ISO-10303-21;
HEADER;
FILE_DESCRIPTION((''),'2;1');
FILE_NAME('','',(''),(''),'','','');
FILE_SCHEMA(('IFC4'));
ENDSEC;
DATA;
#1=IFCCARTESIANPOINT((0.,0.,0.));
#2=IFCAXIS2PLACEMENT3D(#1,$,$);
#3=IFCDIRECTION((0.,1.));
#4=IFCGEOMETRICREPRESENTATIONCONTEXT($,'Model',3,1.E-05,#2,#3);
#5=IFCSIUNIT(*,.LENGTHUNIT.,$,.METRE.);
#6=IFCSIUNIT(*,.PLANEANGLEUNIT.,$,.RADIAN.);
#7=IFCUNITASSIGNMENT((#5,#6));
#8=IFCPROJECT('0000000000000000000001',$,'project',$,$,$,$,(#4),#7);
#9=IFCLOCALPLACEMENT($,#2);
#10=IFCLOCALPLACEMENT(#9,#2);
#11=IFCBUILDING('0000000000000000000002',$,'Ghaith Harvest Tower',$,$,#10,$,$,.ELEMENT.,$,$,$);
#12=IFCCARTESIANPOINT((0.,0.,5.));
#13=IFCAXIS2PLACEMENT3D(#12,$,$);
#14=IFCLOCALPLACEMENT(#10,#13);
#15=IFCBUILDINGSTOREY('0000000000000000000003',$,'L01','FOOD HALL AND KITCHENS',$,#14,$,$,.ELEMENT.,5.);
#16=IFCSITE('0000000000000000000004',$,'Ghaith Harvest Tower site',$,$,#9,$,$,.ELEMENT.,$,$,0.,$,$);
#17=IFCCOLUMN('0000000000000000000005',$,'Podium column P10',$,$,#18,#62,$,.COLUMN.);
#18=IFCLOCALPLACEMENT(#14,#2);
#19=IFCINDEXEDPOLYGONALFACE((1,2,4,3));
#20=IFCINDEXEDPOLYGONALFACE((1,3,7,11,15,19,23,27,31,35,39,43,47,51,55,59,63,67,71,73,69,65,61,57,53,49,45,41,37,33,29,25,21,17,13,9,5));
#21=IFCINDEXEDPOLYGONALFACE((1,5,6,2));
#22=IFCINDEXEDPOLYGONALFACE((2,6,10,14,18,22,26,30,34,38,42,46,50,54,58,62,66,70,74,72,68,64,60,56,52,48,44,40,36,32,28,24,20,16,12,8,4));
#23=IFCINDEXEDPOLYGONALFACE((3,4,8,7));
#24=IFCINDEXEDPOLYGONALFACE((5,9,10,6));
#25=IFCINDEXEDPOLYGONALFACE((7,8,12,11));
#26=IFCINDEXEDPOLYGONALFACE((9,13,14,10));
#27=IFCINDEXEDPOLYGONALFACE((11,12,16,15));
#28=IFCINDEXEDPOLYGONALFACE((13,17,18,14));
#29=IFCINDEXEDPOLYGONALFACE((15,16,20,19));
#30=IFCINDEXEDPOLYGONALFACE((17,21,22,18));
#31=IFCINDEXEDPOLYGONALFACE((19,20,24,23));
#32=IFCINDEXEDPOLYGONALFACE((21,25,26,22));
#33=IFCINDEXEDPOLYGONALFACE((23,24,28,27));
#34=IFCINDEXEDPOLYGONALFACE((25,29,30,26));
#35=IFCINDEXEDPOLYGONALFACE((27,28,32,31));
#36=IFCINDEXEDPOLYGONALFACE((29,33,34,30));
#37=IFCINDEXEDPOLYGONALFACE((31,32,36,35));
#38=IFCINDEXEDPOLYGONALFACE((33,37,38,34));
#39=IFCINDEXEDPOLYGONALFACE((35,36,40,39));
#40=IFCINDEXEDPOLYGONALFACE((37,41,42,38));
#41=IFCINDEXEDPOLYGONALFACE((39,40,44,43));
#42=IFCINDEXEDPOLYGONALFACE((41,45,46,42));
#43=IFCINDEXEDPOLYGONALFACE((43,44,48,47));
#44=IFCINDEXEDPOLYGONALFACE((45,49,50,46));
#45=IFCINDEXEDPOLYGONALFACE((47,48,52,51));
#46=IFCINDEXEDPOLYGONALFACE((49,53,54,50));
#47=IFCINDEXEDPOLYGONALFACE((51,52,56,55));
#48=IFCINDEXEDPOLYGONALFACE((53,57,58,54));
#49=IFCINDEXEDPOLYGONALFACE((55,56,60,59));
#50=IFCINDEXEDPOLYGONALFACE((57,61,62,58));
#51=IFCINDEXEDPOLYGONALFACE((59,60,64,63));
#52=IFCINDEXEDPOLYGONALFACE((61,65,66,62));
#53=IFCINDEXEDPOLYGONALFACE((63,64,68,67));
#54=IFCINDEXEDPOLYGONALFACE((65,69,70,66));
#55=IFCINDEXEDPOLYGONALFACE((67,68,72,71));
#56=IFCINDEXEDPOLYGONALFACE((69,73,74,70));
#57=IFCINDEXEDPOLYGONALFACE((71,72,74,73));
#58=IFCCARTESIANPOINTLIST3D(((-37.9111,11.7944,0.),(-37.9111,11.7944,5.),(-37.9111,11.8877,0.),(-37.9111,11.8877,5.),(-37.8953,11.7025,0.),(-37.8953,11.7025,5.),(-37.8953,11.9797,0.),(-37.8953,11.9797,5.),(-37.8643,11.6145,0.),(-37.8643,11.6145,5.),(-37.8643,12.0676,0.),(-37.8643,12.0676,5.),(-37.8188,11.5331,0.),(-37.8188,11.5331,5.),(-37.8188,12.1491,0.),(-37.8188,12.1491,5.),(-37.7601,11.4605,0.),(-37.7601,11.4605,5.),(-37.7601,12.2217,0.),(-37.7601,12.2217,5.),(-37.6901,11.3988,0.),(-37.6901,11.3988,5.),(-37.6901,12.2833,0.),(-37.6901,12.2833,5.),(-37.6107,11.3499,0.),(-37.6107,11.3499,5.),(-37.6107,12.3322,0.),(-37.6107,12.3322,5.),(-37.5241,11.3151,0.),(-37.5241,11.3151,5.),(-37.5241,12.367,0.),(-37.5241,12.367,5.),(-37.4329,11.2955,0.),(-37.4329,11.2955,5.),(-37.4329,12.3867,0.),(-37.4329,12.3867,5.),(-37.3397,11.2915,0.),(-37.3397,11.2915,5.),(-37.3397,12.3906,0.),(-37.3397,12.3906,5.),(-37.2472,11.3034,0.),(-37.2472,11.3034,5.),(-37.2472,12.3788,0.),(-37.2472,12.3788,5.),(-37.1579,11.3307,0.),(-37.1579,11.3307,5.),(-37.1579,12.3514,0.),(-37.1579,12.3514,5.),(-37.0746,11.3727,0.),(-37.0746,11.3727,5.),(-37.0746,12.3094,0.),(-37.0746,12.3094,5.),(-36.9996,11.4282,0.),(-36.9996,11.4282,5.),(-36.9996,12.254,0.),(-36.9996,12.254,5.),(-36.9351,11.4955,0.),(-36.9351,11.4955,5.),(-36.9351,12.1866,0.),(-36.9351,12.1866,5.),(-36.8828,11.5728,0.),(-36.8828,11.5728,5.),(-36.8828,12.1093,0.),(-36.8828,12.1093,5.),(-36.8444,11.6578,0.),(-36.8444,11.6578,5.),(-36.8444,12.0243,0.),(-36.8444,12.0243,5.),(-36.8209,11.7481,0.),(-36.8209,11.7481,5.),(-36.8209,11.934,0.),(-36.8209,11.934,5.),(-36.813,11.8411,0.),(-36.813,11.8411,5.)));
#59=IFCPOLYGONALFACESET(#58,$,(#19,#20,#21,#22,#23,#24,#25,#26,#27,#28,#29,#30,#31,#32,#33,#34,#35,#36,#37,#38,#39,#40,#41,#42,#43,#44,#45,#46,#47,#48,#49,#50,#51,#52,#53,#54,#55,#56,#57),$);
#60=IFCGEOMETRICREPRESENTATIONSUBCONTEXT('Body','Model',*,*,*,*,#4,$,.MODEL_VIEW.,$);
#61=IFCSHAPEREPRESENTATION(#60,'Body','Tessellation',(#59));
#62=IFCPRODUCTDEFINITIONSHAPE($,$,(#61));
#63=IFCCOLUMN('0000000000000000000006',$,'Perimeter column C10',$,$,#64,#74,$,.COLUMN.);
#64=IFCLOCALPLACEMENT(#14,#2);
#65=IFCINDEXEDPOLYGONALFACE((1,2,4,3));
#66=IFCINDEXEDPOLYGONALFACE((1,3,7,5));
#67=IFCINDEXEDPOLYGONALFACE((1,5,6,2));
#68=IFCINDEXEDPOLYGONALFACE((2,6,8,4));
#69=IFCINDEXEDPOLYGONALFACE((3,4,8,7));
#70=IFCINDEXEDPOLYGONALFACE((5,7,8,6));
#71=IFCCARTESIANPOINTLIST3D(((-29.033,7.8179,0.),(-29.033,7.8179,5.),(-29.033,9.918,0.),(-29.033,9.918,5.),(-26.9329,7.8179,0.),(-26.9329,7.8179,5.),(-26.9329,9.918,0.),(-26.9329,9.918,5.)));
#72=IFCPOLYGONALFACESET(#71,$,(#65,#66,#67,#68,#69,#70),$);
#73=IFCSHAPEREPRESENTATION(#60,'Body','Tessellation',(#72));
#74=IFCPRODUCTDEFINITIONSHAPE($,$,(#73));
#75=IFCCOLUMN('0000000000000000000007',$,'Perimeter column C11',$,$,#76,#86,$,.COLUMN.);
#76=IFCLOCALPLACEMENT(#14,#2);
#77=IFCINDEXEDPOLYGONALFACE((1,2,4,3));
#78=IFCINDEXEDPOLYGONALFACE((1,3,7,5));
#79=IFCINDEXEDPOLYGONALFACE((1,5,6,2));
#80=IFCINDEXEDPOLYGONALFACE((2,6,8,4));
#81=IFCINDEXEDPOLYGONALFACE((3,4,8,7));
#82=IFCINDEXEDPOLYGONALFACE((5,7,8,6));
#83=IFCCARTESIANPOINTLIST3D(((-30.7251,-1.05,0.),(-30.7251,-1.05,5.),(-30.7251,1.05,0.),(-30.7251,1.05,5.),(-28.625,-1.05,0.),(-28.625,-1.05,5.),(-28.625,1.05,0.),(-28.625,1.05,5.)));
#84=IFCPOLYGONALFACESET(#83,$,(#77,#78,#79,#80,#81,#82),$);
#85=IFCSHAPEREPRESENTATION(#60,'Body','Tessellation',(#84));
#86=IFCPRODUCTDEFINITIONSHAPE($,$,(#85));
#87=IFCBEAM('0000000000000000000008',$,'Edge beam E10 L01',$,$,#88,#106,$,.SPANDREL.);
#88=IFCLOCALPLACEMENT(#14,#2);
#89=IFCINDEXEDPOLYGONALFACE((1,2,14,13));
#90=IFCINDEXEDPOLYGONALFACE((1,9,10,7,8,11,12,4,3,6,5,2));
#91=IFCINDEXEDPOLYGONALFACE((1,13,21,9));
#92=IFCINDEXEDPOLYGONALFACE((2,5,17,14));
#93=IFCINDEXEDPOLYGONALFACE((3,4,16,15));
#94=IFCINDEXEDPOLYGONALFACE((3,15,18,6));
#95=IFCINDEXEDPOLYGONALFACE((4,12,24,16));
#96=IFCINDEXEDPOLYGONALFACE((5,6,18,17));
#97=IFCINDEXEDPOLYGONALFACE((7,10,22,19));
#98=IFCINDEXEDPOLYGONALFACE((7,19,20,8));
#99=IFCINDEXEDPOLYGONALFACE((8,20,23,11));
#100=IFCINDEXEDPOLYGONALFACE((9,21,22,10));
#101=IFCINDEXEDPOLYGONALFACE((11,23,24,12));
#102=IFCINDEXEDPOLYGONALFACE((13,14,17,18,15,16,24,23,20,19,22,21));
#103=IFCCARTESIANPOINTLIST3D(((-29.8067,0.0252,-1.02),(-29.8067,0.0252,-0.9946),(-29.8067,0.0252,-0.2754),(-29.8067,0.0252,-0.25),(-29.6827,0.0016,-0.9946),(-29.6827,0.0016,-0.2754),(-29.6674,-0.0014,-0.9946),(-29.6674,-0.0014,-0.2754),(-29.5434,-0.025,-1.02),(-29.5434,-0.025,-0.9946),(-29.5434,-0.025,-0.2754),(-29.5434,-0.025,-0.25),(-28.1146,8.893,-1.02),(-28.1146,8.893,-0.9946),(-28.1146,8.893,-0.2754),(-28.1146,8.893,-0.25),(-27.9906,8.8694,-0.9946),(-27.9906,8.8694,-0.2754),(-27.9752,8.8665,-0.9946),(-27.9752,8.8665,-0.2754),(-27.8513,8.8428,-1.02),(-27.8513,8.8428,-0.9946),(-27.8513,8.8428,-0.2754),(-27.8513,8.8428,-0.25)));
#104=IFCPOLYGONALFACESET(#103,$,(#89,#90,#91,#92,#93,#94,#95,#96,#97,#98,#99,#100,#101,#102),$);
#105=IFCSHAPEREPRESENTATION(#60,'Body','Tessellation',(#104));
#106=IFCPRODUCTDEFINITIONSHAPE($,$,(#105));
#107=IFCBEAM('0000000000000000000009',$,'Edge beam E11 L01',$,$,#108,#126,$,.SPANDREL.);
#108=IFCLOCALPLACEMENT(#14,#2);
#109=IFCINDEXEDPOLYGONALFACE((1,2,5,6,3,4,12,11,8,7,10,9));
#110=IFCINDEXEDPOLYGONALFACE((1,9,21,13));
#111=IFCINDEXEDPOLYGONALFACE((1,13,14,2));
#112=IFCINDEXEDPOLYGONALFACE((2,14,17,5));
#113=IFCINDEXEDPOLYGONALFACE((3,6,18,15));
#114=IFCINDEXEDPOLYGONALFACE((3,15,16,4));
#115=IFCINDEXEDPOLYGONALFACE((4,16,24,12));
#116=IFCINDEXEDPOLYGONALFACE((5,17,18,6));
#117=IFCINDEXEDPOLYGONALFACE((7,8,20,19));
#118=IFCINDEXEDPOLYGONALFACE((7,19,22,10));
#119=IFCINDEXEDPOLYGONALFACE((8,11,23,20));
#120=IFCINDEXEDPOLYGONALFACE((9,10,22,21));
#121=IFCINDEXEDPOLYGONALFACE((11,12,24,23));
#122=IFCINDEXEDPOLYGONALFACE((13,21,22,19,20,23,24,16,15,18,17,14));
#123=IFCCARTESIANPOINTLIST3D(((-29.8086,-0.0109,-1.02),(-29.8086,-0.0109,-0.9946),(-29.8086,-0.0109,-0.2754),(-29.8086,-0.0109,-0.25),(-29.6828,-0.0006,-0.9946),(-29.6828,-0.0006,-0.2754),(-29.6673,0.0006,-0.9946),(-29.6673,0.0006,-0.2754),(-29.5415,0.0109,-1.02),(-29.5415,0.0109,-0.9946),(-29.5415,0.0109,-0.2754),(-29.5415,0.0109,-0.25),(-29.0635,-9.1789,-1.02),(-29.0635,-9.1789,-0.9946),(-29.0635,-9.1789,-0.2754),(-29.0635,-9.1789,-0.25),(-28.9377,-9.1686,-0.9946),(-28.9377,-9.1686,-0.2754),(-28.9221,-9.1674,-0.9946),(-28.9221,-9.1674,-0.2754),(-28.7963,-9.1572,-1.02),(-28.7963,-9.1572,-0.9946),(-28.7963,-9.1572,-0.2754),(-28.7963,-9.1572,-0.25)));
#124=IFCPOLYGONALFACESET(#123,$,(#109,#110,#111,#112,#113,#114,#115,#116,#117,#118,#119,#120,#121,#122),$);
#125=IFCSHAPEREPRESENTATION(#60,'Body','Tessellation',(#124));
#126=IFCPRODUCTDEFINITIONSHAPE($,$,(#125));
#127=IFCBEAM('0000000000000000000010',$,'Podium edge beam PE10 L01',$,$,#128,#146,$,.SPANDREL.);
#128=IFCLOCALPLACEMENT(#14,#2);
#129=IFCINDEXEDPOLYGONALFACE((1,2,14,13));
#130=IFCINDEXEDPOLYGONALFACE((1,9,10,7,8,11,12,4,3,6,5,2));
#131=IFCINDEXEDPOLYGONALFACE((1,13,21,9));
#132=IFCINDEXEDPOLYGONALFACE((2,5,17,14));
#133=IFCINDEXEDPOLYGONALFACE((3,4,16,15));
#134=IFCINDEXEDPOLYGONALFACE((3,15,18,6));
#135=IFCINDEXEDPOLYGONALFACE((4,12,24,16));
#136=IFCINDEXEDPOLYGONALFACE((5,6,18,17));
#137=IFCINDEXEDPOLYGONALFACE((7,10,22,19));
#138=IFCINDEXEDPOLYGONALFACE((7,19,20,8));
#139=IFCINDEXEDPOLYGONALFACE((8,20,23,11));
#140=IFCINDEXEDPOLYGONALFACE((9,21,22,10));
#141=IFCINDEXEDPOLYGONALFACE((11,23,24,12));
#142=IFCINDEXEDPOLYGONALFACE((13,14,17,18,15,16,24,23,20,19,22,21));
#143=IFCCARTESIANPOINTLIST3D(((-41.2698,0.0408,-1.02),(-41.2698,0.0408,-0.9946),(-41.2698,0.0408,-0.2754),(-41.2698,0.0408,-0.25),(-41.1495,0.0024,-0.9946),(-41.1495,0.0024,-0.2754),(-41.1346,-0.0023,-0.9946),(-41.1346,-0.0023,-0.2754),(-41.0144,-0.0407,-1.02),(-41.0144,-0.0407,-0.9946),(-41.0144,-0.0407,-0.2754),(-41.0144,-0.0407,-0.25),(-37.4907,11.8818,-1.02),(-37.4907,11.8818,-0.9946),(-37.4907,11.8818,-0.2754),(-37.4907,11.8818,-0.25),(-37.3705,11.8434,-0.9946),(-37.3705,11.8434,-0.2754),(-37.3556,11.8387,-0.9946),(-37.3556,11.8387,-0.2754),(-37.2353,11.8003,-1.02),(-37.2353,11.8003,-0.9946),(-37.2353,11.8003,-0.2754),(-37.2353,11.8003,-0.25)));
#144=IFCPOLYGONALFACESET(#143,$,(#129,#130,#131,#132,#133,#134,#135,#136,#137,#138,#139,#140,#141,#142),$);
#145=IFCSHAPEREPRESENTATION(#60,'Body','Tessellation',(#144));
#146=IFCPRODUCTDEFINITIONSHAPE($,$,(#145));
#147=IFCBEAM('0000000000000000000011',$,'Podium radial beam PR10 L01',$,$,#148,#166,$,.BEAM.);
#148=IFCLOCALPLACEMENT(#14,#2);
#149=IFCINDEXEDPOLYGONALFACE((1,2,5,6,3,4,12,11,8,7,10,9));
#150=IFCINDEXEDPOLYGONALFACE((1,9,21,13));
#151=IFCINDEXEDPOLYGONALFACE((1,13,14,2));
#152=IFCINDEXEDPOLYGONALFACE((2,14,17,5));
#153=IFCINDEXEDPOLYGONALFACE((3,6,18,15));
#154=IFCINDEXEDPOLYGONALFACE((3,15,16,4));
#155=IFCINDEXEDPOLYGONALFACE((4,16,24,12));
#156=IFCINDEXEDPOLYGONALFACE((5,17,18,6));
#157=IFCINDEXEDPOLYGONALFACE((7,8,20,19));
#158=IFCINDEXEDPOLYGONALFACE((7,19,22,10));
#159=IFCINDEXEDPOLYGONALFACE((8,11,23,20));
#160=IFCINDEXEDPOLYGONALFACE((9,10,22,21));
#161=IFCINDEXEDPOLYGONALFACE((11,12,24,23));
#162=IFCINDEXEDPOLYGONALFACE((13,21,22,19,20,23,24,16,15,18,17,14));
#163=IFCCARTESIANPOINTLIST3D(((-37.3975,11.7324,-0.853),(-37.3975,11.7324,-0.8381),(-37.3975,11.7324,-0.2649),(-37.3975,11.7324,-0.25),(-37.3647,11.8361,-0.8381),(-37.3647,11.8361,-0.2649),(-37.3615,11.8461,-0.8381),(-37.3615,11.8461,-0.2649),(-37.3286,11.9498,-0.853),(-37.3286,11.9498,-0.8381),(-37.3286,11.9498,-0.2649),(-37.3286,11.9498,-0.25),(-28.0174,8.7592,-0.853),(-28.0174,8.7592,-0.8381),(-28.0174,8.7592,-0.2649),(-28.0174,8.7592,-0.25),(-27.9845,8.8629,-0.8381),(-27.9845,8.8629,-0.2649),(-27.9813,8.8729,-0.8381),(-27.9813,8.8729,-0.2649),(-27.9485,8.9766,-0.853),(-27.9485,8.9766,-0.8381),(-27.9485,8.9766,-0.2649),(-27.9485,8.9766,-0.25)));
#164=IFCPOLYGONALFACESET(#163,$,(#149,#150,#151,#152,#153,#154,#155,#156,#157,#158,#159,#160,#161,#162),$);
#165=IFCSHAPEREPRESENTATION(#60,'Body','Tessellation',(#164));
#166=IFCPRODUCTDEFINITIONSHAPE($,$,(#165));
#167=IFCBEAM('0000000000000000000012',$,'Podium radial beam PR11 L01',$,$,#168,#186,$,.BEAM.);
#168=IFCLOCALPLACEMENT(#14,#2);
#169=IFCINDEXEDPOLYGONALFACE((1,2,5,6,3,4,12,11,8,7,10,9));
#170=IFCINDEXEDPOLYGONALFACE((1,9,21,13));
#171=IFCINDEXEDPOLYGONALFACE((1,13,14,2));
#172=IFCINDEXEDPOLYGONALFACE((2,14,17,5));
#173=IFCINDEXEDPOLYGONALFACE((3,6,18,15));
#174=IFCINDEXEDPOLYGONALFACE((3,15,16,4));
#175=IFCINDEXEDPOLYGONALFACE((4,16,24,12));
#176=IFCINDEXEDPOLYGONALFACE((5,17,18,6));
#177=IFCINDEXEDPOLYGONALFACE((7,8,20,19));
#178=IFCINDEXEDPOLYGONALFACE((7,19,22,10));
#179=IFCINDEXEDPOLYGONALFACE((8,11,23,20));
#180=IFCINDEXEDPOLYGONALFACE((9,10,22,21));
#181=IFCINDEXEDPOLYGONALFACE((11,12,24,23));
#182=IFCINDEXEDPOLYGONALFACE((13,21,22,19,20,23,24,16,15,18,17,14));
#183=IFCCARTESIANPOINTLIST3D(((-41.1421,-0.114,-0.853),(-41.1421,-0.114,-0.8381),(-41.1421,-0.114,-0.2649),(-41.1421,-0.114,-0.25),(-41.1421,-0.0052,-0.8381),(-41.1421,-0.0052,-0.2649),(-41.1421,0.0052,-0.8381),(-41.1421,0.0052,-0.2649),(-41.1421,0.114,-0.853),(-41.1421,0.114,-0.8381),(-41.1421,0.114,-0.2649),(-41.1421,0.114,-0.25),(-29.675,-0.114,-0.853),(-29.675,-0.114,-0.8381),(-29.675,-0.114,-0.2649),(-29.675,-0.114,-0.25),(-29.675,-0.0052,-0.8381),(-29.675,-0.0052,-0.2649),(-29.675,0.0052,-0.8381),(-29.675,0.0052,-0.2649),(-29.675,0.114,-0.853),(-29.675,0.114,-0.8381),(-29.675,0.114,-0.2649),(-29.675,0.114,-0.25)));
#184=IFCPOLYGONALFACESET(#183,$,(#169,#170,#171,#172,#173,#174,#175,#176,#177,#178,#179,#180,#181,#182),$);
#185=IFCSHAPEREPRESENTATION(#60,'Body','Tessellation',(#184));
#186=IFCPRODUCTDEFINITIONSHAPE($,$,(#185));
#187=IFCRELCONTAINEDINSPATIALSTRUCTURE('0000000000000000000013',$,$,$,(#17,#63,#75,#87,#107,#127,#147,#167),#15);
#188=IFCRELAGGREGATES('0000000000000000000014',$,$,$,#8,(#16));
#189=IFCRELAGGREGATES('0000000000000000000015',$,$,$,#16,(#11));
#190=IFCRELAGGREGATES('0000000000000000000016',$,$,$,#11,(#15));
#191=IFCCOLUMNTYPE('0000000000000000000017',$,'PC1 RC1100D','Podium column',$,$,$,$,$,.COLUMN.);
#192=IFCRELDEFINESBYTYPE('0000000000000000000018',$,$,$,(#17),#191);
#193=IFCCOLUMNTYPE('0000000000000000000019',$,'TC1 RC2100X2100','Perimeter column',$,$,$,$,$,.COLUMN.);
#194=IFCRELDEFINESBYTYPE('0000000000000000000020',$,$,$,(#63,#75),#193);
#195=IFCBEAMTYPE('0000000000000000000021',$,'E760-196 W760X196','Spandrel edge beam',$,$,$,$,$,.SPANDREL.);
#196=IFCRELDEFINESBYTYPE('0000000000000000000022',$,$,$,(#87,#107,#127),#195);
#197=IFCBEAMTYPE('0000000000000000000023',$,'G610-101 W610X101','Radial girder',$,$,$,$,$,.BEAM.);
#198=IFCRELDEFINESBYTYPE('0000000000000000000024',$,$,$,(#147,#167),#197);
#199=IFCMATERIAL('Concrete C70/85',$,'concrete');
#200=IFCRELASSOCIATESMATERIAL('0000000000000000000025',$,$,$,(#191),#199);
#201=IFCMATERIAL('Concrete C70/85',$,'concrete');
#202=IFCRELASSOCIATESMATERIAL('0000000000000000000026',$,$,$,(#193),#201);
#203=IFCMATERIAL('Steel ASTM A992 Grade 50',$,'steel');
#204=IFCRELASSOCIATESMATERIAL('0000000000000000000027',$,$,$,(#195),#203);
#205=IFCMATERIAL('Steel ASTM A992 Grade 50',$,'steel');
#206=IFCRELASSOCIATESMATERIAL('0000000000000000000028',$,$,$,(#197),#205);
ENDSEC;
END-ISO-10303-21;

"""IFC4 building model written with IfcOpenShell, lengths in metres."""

from ifc_helpers import new_model, si_unit, direction, frame, origin, origin_2d, place, context, subcontext, project, spatial, rectangle, circle, i_section, extrude, material, material_profile, profile_set, type_object, element, save


model = new_model("IFC4")

# Units and contexts
model_context = context("Model", 3, precision=1e-05, world=origin(), true_north=direction((0.0, 1.0)))
body_context = subcontext(model_context, "Body", "Model", "MODEL_VIEW")
ifc_project = project(units=[si_unit("LENGTHUNIT", "METRE"), si_unit("PLANEANGLEUNIT", "RADIAN")], contexts=[model_context])

# Site, building, storey
site_placement = place(None, origin())
site = spatial("IfcSite", under=ifc_project, at=site_placement, Name="Ghaith Harvest Tower site", CompositionType="ELEMENT", RefElevation=0.0)
building_placement = place(site_placement, origin())
building = spatial("IfcBuilding", under=site, at=building_placement, Name="Ghaith Harvest Tower", CompositionType="ELEMENT")
storey_placement = place(building_placement, frame((0.0, 0.0, 5.0)))
storey = spatial("IfcBuildingStorey", under=building, at=storey_placement, Name="L01", Description="FOOD HALL AND KITCHENS", CompositionType="ELEMENT", Elevation=5.0)

# Columns
ifc_material_1 = material(Name="Concrete C70/85", Category="concrete")
ifc_material_profile_1 = material_profile(ifc_material_1, circle(Radius=0.55, at=origin_2d()), Name="RC1100D")
ifc_profile_set_1 = profile_set([ifc_material_profile_1], Name="Concrete C70/85")
column_type_1 = type_object("IfcColumnType", Name="PC1 RC1100D", Description="Podium column", PredefinedType="COLUMN", material=ifc_profile_set_1)
column_placement = place(storey_placement, frame((-37.363, 11.8411, 0.0), z_axis=(0.0, 0.0, 1.0), x_axis=(1.0, 0.0, 0.0)))
element("IfcColumn", 1, at=column_placement, inside=storey, type_object=column_type_1, Name="Podium column P10", PredefinedType="COLUMN", context=body_context, shape_type="SweptSolid", body=[
    extrude(circle(Radius=0.55, at=origin_2d()), origin(), (0.0, 0.0, 1.0), 5.0),
])
ifc_material_2 = material(Name="Concrete C70/85", Category="concrete")
ifc_material_profile_2 = material_profile(ifc_material_2, rectangle(XDim=2.1001, YDim=2.1001, at=origin_2d()), Name="RC2100X2100")
ifc_profile_set_2 = profile_set([ifc_material_profile_2], Name="Concrete C70/85")
column_type_2 = type_object("IfcColumnType", Name="TC1 RC2100X2100", Description="Perimeter column", PredefinedType="COLUMN", material=ifc_profile_set_2)
for number, where, z_axis, x_axis, name in (
    (2, (-27.9829, 8.8679, 0.0), (0.0, 0.0, 1.0), (1.0, 0.0, 0.0), "Perimeter column C10"),
    (3, (-29.675, 0.0, 0.0), (0.0, 0.0, 1.0), (1.0, 0.0, 0.0), "Perimeter column C11"),
):
    element("IfcColumn", number, at=place(storey_placement, frame(where, z_axis=z_axis, x_axis=x_axis)), inside=storey, type_object=column_type_2, Name=name, PredefinedType="COLUMN", context=body_context, shape_type="SweptSolid", body=[
        extrude(rectangle(XDim=2.1001, YDim=2.1001, at=origin_2d()), origin(), (0.0, 0.0, 1.0), 5.0),
    ])

# Beams
ifc_material_3 = material(Name="Steel ASTM A992 Grade 50", Category="steel")
ifc_material_profile_3 = material_profile(ifc_material_3, i_section(OverallWidth=0.2681, OverallDepth=0.77, WebThickness=0.0156, FlangeThickness=0.0254, at=origin_2d()), Name="W760X196")
ifc_profile_set_3 = profile_set([ifc_material_profile_3], Name="Steel ASTM A992 Grade 50")
beam_type_1 = type_object("IfcBeamType", Name="E760-196 W760X196", Description="Spandrel edge beam", PredefinedType="SPANDREL", material=ifc_profile_set_3)
beam_1_placement = place(storey_placement, frame((-27.9829, 8.8679, -0.635), z_axis=(-0.187434, -0.982277, 0.0), x_axis=(0.982277, -0.187434, 0.0)))
element("IfcBeam", 4, at=beam_1_placement, inside=storey, type_object=beam_type_1, Name="Edge beam E10 L01", PredefinedType="SPANDREL", context=body_context, shape_type="SweptSolid", body=[
    extrude(i_section(OverallWidth=0.2681, OverallDepth=0.77, WebThickness=0.0156, FlangeThickness=0.0254, at=origin_2d()), origin(), (0.0, 0.0, 1.0), 9.0278),
])
beam_2_placement = place(storey_placement, frame((-29.675, 0.0, -0.635), z_axis=(0.081007, -0.996714, 0.0), x_axis=(0.996714, 0.081007, 0.0)))
element("IfcBeam", 5, at=beam_2_placement, inside=storey, type_object=beam_type_1, Name="Edge beam E11 L01", PredefinedType="SPANDREL", context=body_context, shape_type="SweptSolid", body=[
    extrude(i_section(OverallWidth=0.2681, OverallDepth=0.77, WebThickness=0.0156, FlangeThickness=0.0254, at=origin_2d()), origin(), (0.0, 0.0, 1.0), 9.1982),
])
beam_3_placement = place(storey_placement, frame((-37.363, 11.8411, -0.635), z_axis=(-0.304039, -0.952659, 0.0), x_axis=(0.952659, -0.304039, 0.0)))
element("IfcBeam", 6, at=beam_3_placement, inside=storey, type_object=beam_type_1, Name="Podium edge beam PE10 L01", PredefinedType="SPANDREL", context=body_context, shape_type="SweptSolid", body=[
    extrude(i_section(OverallWidth=0.2681, OverallDepth=0.77, WebThickness=0.0156, FlangeThickness=0.0254, at=origin_2d()), origin(), (0.0, 0.0, 1.0), 12.4294),
])
ifc_material_4 = material(Name="Steel ASTM A992 Grade 50", Category="steel")
ifc_material_profile_4 = material_profile(ifc_material_4, i_section(OverallWidth=0.228, OverallDepth=0.603, WebThickness=0.0105, FlangeThickness=0.0149, at=origin_2d()), Name="W610X101")
ifc_profile_set_4 = profile_set([ifc_material_profile_4], Name="Steel ASTM A992 Grade 50")
beam_type_2 = type_object("IfcBeamType", Name="G610-101 W610X101", Description="Radial girder", PredefinedType="BEAM", material=ifc_profile_set_4)
beam_4_placement = place(storey_placement, frame((-27.9829, 8.8679, -0.5515), z_axis=(-0.953261, 0.302148, 0.0), x_axis=(-0.302148, -0.953261, 0.0)))
element("IfcBeam", 7, at=beam_4_placement, inside=storey, type_object=beam_type_2, Name="Podium radial beam PR10 L01", PredefinedType="BEAM", context=body_context, shape_type="SweptSolid", body=[
    extrude(i_section(OverallWidth=0.228, OverallDepth=0.603, WebThickness=0.0105, FlangeThickness=0.0149, at=origin_2d()), origin(), (0.0, 0.0, 1.0), 9.8401),
])
beam_5_placement = place(storey_placement, frame((-29.675, 0.0, -0.5515), z_axis=(-1.0, 0.0, 0.0), x_axis=(0.0, -1.0, 0.0)))
element("IfcBeam", 8, at=beam_5_placement, inside=storey, type_object=beam_type_2, Name="Podium radial beam PR11 L01", PredefinedType="BEAM", context=body_context, shape_type="SweptSolid", body=[
    extrude(i_section(OverallWidth=0.228, OverallDepth=0.603, WebThickness=0.0105, FlangeThickness=0.0149, at=origin_2d()), origin(), (0.0, 0.0, 1.0), 11.467),
])

save(model, "model.ifc")
